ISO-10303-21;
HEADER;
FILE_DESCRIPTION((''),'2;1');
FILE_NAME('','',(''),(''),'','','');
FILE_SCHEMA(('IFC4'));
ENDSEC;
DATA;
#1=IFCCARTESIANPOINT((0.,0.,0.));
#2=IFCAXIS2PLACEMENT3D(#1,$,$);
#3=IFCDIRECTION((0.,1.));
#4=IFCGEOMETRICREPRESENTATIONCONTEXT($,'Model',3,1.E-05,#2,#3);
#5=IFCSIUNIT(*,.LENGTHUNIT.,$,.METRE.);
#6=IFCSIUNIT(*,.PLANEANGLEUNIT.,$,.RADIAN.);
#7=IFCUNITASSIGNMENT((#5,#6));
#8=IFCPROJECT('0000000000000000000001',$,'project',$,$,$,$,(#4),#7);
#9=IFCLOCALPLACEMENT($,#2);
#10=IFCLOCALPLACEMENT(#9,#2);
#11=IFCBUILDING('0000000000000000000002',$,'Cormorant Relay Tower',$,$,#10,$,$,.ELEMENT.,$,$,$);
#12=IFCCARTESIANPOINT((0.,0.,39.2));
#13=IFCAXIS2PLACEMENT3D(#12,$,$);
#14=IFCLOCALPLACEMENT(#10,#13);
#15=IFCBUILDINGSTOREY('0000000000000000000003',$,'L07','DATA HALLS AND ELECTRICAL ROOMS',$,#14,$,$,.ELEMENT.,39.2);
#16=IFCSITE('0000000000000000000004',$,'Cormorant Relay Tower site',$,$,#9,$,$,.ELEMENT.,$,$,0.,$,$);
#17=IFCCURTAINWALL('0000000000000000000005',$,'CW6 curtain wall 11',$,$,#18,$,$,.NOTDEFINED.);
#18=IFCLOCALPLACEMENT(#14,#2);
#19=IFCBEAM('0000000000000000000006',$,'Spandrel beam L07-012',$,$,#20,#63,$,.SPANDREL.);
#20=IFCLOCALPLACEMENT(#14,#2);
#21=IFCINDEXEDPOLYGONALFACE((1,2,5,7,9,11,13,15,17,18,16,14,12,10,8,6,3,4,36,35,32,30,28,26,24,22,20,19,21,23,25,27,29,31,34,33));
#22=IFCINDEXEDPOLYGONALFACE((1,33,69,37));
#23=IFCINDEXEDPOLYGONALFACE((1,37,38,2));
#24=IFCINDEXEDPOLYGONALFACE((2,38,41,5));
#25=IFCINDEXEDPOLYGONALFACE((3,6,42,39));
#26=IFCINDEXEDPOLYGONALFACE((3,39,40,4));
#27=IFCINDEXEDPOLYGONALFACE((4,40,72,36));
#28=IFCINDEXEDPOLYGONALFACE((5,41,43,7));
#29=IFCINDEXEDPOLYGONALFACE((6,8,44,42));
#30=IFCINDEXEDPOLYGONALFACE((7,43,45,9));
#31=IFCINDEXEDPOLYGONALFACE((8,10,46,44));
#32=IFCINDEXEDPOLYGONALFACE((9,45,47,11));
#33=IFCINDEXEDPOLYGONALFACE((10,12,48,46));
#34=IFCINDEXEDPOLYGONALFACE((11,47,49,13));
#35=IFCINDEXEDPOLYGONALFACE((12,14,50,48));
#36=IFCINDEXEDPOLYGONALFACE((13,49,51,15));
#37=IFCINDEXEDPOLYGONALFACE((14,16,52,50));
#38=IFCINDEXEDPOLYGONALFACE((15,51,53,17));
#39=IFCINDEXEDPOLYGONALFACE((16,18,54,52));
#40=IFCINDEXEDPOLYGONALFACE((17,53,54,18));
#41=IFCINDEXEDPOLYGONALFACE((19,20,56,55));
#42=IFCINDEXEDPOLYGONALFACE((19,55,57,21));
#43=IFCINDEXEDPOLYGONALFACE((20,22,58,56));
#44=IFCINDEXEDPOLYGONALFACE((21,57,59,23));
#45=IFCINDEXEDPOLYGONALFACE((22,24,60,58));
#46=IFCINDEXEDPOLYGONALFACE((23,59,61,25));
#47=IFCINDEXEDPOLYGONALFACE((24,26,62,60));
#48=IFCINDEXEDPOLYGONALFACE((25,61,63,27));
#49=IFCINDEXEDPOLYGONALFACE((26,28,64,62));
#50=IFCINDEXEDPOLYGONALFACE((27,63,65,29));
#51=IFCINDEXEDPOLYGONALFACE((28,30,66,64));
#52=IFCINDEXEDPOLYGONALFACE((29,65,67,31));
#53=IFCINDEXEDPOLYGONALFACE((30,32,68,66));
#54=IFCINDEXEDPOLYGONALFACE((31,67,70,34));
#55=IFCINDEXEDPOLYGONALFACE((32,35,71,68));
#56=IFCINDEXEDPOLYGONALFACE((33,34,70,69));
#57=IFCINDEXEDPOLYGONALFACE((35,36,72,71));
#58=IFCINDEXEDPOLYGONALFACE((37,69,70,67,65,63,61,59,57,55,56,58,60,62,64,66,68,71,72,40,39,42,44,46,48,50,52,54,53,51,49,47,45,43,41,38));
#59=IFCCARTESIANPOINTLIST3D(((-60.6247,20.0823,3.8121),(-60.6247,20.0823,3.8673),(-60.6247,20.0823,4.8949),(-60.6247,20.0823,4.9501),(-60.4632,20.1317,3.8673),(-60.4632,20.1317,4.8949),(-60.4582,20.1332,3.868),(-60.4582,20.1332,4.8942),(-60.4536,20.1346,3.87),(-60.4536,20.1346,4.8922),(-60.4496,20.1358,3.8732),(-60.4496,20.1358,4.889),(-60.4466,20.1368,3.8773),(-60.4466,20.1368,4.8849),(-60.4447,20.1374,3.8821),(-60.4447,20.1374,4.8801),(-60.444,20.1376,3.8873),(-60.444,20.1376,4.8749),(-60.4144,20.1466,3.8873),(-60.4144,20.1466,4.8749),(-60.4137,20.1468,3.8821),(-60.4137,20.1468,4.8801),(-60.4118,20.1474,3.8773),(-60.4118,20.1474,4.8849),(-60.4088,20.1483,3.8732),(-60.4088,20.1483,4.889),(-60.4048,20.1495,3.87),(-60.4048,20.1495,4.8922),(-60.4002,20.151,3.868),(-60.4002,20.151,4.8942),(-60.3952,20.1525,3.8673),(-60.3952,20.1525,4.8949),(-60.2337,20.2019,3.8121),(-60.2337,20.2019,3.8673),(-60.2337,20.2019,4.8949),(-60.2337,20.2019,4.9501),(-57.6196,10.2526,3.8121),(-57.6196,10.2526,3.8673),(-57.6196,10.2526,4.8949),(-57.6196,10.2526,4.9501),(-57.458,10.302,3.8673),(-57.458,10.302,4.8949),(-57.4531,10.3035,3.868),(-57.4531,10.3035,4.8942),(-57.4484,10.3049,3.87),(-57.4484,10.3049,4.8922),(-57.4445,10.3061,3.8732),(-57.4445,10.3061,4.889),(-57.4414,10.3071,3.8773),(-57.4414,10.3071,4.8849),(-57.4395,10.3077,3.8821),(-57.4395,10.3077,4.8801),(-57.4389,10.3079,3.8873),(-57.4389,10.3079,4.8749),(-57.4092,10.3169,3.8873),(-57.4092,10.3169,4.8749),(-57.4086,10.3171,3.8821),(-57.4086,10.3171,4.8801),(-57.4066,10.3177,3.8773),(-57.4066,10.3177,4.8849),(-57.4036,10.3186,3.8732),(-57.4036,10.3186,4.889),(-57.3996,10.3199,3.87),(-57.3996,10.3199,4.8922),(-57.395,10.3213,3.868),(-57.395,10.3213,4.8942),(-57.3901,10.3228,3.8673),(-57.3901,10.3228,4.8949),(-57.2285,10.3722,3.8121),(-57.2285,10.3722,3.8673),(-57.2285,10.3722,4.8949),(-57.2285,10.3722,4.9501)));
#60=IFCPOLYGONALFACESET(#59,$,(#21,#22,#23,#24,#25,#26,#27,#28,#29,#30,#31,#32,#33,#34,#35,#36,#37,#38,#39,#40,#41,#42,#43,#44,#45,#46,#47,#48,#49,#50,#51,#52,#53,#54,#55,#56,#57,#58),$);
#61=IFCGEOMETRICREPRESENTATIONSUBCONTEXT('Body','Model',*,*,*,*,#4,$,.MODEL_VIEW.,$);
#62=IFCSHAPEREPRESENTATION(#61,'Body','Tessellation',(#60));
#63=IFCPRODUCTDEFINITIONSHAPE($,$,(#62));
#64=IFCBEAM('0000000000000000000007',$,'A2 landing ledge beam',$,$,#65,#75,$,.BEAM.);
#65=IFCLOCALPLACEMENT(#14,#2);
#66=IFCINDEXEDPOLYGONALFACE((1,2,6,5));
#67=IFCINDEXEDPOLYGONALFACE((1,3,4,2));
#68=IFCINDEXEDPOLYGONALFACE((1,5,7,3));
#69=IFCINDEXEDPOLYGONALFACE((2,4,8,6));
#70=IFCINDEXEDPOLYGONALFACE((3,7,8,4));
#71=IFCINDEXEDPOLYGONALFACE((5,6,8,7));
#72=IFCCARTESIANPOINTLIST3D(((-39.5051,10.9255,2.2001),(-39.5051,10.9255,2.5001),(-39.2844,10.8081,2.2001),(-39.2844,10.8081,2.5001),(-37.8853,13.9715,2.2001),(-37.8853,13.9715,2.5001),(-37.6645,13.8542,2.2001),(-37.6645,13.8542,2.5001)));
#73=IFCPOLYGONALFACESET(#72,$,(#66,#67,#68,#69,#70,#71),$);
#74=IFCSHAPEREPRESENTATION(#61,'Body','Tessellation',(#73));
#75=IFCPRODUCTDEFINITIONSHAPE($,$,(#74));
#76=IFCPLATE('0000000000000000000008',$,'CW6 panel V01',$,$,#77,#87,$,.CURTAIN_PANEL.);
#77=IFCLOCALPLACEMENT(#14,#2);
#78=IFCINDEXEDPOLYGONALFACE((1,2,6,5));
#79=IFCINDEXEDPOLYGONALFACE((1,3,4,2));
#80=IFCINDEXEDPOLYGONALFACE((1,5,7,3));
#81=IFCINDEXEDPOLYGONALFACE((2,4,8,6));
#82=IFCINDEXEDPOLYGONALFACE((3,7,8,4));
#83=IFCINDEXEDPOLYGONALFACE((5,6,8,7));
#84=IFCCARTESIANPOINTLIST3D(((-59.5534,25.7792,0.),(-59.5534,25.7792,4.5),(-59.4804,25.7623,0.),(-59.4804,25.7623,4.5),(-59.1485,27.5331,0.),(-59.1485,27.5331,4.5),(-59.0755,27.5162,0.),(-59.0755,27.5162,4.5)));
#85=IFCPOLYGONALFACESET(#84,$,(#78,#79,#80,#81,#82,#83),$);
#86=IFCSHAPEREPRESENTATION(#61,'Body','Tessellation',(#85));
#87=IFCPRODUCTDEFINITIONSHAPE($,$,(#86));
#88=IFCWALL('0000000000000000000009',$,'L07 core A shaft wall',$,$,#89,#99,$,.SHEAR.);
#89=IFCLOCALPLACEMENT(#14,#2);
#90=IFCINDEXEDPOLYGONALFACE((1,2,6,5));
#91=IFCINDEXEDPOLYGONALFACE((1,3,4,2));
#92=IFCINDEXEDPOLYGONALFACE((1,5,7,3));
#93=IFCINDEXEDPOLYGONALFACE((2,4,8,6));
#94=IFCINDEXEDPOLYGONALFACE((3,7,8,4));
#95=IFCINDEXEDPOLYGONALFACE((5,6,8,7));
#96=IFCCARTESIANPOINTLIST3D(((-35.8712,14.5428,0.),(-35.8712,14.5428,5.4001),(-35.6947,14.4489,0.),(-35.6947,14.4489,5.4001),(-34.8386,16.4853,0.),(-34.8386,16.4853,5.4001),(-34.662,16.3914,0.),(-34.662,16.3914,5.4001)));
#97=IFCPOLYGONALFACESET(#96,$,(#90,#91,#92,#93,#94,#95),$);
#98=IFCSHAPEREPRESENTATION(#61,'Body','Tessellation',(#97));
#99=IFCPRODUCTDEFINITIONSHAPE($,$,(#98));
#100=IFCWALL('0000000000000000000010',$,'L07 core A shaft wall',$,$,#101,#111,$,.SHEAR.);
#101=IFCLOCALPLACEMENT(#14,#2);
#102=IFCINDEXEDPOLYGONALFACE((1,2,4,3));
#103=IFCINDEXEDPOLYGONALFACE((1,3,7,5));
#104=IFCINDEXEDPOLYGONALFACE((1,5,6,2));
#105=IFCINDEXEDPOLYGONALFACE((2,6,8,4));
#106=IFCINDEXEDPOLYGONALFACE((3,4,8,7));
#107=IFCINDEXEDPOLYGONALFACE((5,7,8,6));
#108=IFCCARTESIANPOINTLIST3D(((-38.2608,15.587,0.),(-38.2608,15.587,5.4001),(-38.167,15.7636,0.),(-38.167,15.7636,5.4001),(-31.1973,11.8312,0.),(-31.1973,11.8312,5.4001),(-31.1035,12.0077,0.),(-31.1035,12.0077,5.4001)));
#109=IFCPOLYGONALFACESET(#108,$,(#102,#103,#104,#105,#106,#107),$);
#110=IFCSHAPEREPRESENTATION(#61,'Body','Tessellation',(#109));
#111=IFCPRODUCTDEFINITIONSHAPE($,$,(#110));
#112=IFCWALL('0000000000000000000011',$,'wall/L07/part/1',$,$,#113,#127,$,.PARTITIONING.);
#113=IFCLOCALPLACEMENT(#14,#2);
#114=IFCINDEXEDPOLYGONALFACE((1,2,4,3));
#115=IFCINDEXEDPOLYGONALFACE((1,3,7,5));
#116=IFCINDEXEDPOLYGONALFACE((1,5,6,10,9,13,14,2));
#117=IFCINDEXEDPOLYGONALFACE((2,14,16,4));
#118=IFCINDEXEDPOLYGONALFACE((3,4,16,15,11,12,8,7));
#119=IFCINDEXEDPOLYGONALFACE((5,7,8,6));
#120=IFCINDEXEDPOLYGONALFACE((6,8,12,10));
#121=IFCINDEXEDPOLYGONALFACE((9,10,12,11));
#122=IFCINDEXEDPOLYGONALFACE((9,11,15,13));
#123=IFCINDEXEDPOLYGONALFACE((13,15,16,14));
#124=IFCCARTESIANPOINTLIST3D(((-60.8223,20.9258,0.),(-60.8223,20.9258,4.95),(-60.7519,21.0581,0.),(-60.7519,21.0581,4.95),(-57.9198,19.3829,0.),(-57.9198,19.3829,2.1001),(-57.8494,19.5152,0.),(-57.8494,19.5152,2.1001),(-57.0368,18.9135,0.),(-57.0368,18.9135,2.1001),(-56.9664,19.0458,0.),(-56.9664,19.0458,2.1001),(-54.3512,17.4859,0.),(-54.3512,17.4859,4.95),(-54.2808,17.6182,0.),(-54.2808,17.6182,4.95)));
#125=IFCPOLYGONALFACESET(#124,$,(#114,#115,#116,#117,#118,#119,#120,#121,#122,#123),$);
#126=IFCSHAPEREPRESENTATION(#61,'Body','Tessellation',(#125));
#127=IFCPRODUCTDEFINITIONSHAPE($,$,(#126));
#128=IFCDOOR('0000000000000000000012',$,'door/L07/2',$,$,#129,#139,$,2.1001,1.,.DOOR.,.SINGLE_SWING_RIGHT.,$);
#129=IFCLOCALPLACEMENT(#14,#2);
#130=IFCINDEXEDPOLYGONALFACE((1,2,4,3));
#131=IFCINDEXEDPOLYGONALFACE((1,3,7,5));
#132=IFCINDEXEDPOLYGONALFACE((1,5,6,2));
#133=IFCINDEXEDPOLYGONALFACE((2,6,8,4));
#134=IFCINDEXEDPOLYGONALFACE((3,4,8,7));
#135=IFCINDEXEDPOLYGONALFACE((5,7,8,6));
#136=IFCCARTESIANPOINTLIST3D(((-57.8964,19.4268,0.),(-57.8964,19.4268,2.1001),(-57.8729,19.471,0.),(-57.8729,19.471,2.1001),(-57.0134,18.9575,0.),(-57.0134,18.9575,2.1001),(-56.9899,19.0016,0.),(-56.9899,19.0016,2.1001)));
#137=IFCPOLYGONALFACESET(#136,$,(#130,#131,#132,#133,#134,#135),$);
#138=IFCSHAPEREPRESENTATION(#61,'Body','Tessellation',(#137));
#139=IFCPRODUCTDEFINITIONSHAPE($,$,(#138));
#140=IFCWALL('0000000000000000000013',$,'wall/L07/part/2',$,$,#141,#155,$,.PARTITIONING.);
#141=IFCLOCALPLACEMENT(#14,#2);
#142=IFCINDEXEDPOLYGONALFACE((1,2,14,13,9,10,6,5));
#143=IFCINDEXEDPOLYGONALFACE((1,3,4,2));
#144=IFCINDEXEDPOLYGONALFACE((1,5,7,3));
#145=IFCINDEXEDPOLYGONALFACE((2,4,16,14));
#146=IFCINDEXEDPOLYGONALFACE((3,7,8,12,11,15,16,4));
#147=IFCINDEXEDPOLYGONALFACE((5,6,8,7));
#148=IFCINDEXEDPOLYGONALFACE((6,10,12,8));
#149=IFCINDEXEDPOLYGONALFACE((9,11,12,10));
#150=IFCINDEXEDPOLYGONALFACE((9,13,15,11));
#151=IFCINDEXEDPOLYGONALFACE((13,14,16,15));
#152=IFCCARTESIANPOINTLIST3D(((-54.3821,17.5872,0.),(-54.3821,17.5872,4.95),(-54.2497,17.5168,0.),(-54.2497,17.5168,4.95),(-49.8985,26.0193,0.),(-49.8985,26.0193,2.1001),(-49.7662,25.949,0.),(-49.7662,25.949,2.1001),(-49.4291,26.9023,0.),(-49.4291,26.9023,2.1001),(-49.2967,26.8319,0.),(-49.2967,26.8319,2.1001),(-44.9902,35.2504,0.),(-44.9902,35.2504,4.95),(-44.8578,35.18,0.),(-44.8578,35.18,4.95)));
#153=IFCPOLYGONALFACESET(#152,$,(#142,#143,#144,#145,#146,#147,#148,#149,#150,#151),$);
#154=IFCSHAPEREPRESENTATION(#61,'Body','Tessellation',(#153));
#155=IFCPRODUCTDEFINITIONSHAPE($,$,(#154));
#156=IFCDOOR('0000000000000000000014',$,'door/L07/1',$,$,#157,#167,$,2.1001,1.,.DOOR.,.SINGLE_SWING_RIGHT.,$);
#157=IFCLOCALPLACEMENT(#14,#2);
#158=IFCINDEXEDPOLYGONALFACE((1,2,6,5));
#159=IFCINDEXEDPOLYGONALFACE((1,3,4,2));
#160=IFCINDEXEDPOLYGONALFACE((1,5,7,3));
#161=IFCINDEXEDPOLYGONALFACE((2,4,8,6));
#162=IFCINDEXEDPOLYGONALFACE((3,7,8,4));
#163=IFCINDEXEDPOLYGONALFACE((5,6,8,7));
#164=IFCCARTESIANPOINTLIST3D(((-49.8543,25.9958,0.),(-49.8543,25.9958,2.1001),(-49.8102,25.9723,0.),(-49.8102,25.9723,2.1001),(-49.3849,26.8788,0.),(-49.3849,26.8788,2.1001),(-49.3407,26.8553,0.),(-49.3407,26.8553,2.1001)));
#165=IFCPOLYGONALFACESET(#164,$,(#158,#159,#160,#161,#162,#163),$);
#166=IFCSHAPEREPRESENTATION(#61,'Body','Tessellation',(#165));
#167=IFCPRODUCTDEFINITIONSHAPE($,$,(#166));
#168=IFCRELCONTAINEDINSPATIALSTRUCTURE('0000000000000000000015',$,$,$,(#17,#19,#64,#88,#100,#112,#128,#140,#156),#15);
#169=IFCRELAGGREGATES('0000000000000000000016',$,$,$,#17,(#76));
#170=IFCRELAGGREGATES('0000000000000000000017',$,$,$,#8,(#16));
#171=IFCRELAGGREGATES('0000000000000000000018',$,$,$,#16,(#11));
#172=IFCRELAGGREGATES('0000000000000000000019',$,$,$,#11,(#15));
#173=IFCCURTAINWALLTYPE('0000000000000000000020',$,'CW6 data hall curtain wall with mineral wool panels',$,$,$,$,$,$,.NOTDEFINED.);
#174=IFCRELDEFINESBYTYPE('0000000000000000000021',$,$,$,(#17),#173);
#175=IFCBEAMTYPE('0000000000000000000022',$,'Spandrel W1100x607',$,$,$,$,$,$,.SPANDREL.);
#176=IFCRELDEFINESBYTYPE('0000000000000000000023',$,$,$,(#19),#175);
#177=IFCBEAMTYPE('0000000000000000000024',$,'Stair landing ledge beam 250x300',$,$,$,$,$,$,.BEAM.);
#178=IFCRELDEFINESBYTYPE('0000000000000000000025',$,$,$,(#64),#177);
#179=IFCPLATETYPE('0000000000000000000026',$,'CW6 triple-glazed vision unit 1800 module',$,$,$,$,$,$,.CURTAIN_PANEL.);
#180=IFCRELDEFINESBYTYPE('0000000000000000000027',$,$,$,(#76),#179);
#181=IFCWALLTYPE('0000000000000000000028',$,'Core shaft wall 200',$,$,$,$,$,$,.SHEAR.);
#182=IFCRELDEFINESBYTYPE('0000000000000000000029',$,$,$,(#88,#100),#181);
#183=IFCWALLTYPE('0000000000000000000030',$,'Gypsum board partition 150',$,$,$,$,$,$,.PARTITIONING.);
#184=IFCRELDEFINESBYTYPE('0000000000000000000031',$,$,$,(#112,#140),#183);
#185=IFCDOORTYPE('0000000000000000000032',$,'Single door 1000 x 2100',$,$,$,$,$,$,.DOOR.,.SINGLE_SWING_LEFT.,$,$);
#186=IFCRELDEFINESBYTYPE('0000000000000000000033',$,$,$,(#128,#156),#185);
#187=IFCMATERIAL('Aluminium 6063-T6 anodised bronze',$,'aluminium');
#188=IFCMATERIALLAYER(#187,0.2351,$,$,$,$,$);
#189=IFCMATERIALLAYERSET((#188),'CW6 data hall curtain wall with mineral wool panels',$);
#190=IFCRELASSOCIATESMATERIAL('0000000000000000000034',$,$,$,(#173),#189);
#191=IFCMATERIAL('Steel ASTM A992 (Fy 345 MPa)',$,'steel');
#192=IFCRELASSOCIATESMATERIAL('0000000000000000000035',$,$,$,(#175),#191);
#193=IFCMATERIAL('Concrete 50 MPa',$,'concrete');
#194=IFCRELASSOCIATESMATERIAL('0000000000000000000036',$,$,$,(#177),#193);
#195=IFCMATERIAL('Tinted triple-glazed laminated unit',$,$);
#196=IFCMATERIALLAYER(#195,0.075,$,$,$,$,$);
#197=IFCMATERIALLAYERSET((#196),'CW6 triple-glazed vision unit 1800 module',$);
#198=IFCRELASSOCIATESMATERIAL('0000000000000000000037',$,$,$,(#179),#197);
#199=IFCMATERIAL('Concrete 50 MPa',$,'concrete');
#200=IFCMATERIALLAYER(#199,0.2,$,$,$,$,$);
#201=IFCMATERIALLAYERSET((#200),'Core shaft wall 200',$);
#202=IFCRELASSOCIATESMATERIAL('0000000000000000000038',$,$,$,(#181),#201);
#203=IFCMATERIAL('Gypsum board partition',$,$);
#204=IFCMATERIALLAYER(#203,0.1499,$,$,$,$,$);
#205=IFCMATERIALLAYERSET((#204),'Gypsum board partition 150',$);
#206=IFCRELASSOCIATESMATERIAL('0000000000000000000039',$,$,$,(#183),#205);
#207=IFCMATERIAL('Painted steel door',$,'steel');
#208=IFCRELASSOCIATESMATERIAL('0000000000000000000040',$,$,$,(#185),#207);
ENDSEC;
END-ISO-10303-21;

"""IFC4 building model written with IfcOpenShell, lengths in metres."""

from ifc_helpers import new_model, si_unit, direction, frame, frame_2d, origin, origin_2d, place, context, subcontext, project, spatial, rectangle, i_section, extrude, material, layer, layer_set, material_profile, profile_set, type_object, element, fill, aggregate, save


model = new_model("IFC4")

# Units and contexts
model_context = context("Model", 3, precision=1e-05, world=origin(), true_north=direction((0.0, 1.0)))
body_context = subcontext(model_context, "Body", "Model", "MODEL_VIEW")
ifc_project = project(units=[si_unit("LENGTHUNIT", "METRE"), si_unit("PLANEANGLEUNIT", "RADIAN")], contexts=[model_context])

# Site, building, storey
site_placement = place(None, origin())
site = spatial("IfcSite", under=ifc_project, at=site_placement, Name="Cormorant Relay Tower site", CompositionType="ELEMENT", RefElevation=0.0)
building_placement = place(site_placement, origin())
building = spatial("IfcBuilding", under=site, at=building_placement, Name="Cormorant Relay Tower", CompositionType="ELEMENT")
storey_placement = place(building_placement, frame((0.0, 0.0, 39.2)))
storey = spatial("IfcBuildingStorey", under=building, at=storey_placement, Name="L07", Description="DATA HALLS AND ELECTRICAL ROOMS", CompositionType="ELEMENT", Elevation=39.2)

# Curtain wall
ifc_material_1 = material(Name="Aluminium 6063-T6 anodised bronze", Category="aluminium")
ifc_layer_1 = layer(ifc_material_1, 0.2351)
ifc_layer_set_1 = layer_set([ifc_layer_1], Name="CW6 data hall curtain wall with mineral wool panels")
curtain_wall_type = type_object("IfcCurtainWallType", Name="CW6 data hall curtain wall with mineral wool panels", PredefinedType="NOTDEFINED", material=ifc_layer_set_1)
curtain_wall_1_placement = place(storey_placement, origin())
curtain_wall_1 = element("IfcCurtainWall", 1, at=curtain_wall_1_placement, inside=storey, type_object=curtain_wall_type, Name="CW6 curtain wall 11", PredefinedType="NOTDEFINED")

# Beams
ifc_material_2 = material(Name="Steel ASTM A992 (Fy 345 MPa)", Category="steel")
ifc_material_profile_1 = material_profile(ifc_material_2, i_section(OverallWidth=0.4089, OverallDepth=1.1379, WebThickness=0.031, FlangeThickness=0.0552, FilletRadius=0.02, at=origin_2d()), Name="W1100x607")
ifc_profile_set_1 = profile_set([ifc_material_profile_1], Name="Steel ASTM A992 (Fy 345 MPa)")
beam_type_1 = type_object("IfcBeamType", Name="Spandrel W1100x607", PredefinedType="SPANDREL", material=ifc_profile_set_1)
beam_1_placement = place(storey_placement, frame((-60.4292, 20.1421, 4.3811), z_axis=(0.292365, -0.956307, 0.0), x_axis=(0.956307, 0.292365, 0.0)))
element("IfcBeam", 2, at=beam_1_placement, inside=storey, type_object=beam_type_1, Name="Spandrel beam L07-012", PredefinedType="SPANDREL", context=body_context, shape_type="SweptSolid", body=[
    extrude(i_section(OverallWidth=0.4089, OverallDepth=1.1379, WebThickness=0.031, FlangeThickness=0.0552, FilletRadius=0.02, at=origin_2d()), origin(), (0.0, 0.0, 1.0), 10.2788),
])
ifc_material_3 = material(Name="Concrete 50 MPa", Category="concrete")
ifc_material_profile_2 = material_profile(ifc_material_3, rectangle(XDim=0.25, YDim=0.3, at=origin_2d()), Name="RC 250x300")
ifc_profile_set_2 = profile_set([ifc_material_profile_2], Name="Concrete 50 MPa")
beam_type_2 = type_object("IfcBeamType", Name="Stair landing ledge beam 250x300", PredefinedType="BEAM", material=ifc_profile_set_2)
beam_2_placement = place(storey_placement, frame((-37.7749, 13.9128, 2.3501), z_axis=(-0.469519, -0.882922, 0.0), x_axis=(0.882922, -0.469519, 0.0)))
element("IfcBeam", 3, at=beam_2_placement, inside=storey, type_object=beam_type_2, Name="A2 landing ledge beam", PredefinedType="BEAM", context=body_context, shape_type="SweptSolid", body=[
    extrude(rectangle(XDim=0.25, YDim=0.3, at=origin_2d()), origin(), (0.0, 0.0, 1.0), 3.45),
])

# Plate
ifc_material_4 = material(Name="Tinted triple-glazed laminated unit")
ifc_layer_2 = layer(ifc_material_4, 0.075)
ifc_layer_set_2 = layer_set([ifc_layer_2], Name="CW6 triple-glazed vision unit 1800 module")
plate_type = type_object("IfcPlateType", Name="CW6 triple-glazed vision unit 1800 module", PredefinedType="CURTAIN_PANEL", material=ifc_layer_set_2)
plate_placement = place(storey_placement, frame((-59.3145, 26.6477, 0.0), z_axis=(0.0, 0.0, 1.0), x_axis=(-0.224951, -0.97437, 0.0)))
plate = element("IfcPlate", 4, at=plate_placement, type_object=plate_type, Name="CW6 panel V01", PredefinedType="CURTAIN_PANEL", context=body_context, shape_type="SweptSolid", body=[
    extrude(rectangle(XDim=1.8, YDim=0.075, at=origin_2d()), origin(), (0.0, 0.0, 1.0), 4.5),
])

# Walls
ifc_material_5 = material(Name="Concrete 50 MPa", Category="concrete")
ifc_layer_3 = layer(ifc_material_5, 0.2)
ifc_layer_set_3 = layer_set([ifc_layer_3], Name="Core shaft wall 200")
wall_type_1 = type_object("IfcWallType", Name="Core shaft wall 200", PredefinedType="SHEAR", material=ifc_layer_set_3)
wall_1_placement = place(storey_placement, frame((-34.7502, 16.4385, 0.0), z_axis=(0.0, 0.0, 1.0), x_axis=(-0.469401, -0.882985, 0.0)))
element("IfcWall", 5, at=wall_1_placement, inside=storey, type_object=wall_type_1, Name="L07 core A shaft wall", PredefinedType="SHEAR", context=body_context, shape_type="SweptSolid", body=[
    extrude(rectangle(XDim=2.2, YDim=0.2, at=frame_2d((1.1001, 0.0))), origin(), (0.0, 0.0, 1.0), 5.4001),
])
wall_2_placement = place(storey_placement, frame((-31.1504, 11.9194, 0.0), z_axis=(0.0, 0.0, 1.0), x_axis=(-0.88294, 0.469485, 0.0)))
element("IfcWall", 6, at=wall_2_placement, inside=storey, type_object=wall_type_1, Name="L07 core A shaft wall", PredefinedType="SHEAR", context=body_context, shape_type="SweptSolid", body=[
    extrude(rectangle(XDim=8.0, YDim=0.2, at=frame_2d((4.0, 0.0))), origin(), (0.0, 0.0, 1.0), 5.4001),
])

# Walls, openings, doors
ifc_material_6 = material(Name="Gypsum board partition")
ifc_layer_4 = layer(ifc_material_6, 0.1499)
ifc_layer_set_4 = layer_set([ifc_layer_4], Name="Gypsum board partition 150")
wall_type_2 = type_object("IfcWallType", Name="Gypsum board partition 150", PredefinedType="PARTITIONING", material=ifc_layer_set_4)
wall_3_placement = place(storey_placement, frame((-60.7871, 20.9919, 0.0), z_axis=(0.0, 0.0, 1.0), x_axis=(0.882996, -0.469381, 0.0)))
wall_3 = element("IfcWall", 7, at=wall_3_placement, inside=storey, type_object=wall_type_2, Name="wall/L07/part/1", PredefinedType="PARTITIONING", context=body_context, shape_type="SweptSolid", body=[
    extrude(rectangle(XDim=7.3286, YDim=0.1499, at=frame_2d((3.6643, 0.0))), origin(), (0.0, 0.0, 1.0), 4.95),
])
opening_1_placement = place(wall_3_placement, frame((3.2871, 0.0, 0.0)))
opening_1 = element("IfcOpeningElement", 8, at=opening_1_placement, cuts=wall_3, PredefinedType="OPENING", context=body_context, shape_type="SweptSolid", body=[
    extrude(rectangle(XDim=1.0, YDim=2.1001, at=frame_2d((0.5, 1.05))), frame((0.0, 0.085, 0.0), z_axis=(0.0, -1.0, 0.0), x_axis=(1.0, 0.0, 0.0)), (0.0, 0.0, 1.0), 0.1699),
])
ifc_material_7 = material(Name="Painted steel door", Category="steel")
door_type = type_object("IfcDoorType", Name="Single door 1000 x 2100", OperationType="SINGLE_SWING_LEFT", PredefinedType="DOOR", material=ifc_material_7)
door_1_placement = place(opening_1_placement, origin())
door_1 = element("IfcDoor", 9, at=door_1_placement, inside=storey, type_object=door_type, Name="door/L07/2", OperationType="SINGLE_SWING_RIGHT", OverallHeight=2.1001, OverallWidth=1.0, PredefinedType="DOOR", context=body_context, shape_type="SweptSolid", body=[
    extrude(rectangle(XDim=1.0, YDim=2.1001, at=frame_2d((0.5, 1.05))), frame((0.0, 0.0249, 0.0), z_axis=(0.0, -1.0, 0.0), x_axis=(1.0, 0.0, 0.0)), (0.0, 0.0, 1.0), 0.05),
])
fill(opening_1, door_1)
wall_4_placement = place(storey_placement, frame((-54.3159, 17.552, 0.0), z_axis=(0.0, 0.0, 1.0), x_axis=(0.46948, 0.882943, 0.0)))
wall_4 = element("IfcWall", 10, at=wall_4_placement, inside=storey, type_object=wall_type_2, Name="wall/L07/part/2", PredefinedType="PARTITIONING", context=body_context, shape_type="SweptSolid", body=[
    extrude(rectangle(XDim=20.0049, YDim=0.1499, at=frame_2d((10.0024, 0.0))), origin(), (0.0, 0.0, 1.0), 4.95),
])
opening_2_placement = place(wall_4_placement, frame((9.55, 0.0, 0.0)))
opening_2 = element("IfcOpeningElement", 11, at=opening_2_placement, cuts=wall_4, PredefinedType="OPENING", context=body_context, shape_type="SweptSolid", body=[
    extrude(rectangle(XDim=1.0, YDim=2.1001, at=frame_2d((0.5, 1.05))), frame((0.0, 0.085, 0.0), z_axis=(0.0, -1.0, 0.0), x_axis=(1.0, 0.0, 0.0)), (0.0, 0.0, 1.0), 0.1699),
])
door_2_placement = place(opening_2_placement, origin())
door_2 = element("IfcDoor", 12, at=door_2_placement, inside=storey, type_object=door_type, Name="door/L07/1", OperationType="SINGLE_SWING_RIGHT", OverallHeight=2.1001, OverallWidth=1.0, PredefinedType="DOOR", context=body_context, shape_type="SweptSolid", body=[
    extrude(rectangle(XDim=1.0, YDim=2.1001, at=frame_2d((0.5, 1.05))), frame((0.0, 0.0249, 0.0), z_axis=(0.0, -1.0, 0.0), x_axis=(1.0, 0.0, 0.0)), (0.0, 0.0, 1.0), 0.05),
])
fill(opening_2, door_2)

aggregate(curtain_wall_1, [plate])

save(model, "model.ifc")
